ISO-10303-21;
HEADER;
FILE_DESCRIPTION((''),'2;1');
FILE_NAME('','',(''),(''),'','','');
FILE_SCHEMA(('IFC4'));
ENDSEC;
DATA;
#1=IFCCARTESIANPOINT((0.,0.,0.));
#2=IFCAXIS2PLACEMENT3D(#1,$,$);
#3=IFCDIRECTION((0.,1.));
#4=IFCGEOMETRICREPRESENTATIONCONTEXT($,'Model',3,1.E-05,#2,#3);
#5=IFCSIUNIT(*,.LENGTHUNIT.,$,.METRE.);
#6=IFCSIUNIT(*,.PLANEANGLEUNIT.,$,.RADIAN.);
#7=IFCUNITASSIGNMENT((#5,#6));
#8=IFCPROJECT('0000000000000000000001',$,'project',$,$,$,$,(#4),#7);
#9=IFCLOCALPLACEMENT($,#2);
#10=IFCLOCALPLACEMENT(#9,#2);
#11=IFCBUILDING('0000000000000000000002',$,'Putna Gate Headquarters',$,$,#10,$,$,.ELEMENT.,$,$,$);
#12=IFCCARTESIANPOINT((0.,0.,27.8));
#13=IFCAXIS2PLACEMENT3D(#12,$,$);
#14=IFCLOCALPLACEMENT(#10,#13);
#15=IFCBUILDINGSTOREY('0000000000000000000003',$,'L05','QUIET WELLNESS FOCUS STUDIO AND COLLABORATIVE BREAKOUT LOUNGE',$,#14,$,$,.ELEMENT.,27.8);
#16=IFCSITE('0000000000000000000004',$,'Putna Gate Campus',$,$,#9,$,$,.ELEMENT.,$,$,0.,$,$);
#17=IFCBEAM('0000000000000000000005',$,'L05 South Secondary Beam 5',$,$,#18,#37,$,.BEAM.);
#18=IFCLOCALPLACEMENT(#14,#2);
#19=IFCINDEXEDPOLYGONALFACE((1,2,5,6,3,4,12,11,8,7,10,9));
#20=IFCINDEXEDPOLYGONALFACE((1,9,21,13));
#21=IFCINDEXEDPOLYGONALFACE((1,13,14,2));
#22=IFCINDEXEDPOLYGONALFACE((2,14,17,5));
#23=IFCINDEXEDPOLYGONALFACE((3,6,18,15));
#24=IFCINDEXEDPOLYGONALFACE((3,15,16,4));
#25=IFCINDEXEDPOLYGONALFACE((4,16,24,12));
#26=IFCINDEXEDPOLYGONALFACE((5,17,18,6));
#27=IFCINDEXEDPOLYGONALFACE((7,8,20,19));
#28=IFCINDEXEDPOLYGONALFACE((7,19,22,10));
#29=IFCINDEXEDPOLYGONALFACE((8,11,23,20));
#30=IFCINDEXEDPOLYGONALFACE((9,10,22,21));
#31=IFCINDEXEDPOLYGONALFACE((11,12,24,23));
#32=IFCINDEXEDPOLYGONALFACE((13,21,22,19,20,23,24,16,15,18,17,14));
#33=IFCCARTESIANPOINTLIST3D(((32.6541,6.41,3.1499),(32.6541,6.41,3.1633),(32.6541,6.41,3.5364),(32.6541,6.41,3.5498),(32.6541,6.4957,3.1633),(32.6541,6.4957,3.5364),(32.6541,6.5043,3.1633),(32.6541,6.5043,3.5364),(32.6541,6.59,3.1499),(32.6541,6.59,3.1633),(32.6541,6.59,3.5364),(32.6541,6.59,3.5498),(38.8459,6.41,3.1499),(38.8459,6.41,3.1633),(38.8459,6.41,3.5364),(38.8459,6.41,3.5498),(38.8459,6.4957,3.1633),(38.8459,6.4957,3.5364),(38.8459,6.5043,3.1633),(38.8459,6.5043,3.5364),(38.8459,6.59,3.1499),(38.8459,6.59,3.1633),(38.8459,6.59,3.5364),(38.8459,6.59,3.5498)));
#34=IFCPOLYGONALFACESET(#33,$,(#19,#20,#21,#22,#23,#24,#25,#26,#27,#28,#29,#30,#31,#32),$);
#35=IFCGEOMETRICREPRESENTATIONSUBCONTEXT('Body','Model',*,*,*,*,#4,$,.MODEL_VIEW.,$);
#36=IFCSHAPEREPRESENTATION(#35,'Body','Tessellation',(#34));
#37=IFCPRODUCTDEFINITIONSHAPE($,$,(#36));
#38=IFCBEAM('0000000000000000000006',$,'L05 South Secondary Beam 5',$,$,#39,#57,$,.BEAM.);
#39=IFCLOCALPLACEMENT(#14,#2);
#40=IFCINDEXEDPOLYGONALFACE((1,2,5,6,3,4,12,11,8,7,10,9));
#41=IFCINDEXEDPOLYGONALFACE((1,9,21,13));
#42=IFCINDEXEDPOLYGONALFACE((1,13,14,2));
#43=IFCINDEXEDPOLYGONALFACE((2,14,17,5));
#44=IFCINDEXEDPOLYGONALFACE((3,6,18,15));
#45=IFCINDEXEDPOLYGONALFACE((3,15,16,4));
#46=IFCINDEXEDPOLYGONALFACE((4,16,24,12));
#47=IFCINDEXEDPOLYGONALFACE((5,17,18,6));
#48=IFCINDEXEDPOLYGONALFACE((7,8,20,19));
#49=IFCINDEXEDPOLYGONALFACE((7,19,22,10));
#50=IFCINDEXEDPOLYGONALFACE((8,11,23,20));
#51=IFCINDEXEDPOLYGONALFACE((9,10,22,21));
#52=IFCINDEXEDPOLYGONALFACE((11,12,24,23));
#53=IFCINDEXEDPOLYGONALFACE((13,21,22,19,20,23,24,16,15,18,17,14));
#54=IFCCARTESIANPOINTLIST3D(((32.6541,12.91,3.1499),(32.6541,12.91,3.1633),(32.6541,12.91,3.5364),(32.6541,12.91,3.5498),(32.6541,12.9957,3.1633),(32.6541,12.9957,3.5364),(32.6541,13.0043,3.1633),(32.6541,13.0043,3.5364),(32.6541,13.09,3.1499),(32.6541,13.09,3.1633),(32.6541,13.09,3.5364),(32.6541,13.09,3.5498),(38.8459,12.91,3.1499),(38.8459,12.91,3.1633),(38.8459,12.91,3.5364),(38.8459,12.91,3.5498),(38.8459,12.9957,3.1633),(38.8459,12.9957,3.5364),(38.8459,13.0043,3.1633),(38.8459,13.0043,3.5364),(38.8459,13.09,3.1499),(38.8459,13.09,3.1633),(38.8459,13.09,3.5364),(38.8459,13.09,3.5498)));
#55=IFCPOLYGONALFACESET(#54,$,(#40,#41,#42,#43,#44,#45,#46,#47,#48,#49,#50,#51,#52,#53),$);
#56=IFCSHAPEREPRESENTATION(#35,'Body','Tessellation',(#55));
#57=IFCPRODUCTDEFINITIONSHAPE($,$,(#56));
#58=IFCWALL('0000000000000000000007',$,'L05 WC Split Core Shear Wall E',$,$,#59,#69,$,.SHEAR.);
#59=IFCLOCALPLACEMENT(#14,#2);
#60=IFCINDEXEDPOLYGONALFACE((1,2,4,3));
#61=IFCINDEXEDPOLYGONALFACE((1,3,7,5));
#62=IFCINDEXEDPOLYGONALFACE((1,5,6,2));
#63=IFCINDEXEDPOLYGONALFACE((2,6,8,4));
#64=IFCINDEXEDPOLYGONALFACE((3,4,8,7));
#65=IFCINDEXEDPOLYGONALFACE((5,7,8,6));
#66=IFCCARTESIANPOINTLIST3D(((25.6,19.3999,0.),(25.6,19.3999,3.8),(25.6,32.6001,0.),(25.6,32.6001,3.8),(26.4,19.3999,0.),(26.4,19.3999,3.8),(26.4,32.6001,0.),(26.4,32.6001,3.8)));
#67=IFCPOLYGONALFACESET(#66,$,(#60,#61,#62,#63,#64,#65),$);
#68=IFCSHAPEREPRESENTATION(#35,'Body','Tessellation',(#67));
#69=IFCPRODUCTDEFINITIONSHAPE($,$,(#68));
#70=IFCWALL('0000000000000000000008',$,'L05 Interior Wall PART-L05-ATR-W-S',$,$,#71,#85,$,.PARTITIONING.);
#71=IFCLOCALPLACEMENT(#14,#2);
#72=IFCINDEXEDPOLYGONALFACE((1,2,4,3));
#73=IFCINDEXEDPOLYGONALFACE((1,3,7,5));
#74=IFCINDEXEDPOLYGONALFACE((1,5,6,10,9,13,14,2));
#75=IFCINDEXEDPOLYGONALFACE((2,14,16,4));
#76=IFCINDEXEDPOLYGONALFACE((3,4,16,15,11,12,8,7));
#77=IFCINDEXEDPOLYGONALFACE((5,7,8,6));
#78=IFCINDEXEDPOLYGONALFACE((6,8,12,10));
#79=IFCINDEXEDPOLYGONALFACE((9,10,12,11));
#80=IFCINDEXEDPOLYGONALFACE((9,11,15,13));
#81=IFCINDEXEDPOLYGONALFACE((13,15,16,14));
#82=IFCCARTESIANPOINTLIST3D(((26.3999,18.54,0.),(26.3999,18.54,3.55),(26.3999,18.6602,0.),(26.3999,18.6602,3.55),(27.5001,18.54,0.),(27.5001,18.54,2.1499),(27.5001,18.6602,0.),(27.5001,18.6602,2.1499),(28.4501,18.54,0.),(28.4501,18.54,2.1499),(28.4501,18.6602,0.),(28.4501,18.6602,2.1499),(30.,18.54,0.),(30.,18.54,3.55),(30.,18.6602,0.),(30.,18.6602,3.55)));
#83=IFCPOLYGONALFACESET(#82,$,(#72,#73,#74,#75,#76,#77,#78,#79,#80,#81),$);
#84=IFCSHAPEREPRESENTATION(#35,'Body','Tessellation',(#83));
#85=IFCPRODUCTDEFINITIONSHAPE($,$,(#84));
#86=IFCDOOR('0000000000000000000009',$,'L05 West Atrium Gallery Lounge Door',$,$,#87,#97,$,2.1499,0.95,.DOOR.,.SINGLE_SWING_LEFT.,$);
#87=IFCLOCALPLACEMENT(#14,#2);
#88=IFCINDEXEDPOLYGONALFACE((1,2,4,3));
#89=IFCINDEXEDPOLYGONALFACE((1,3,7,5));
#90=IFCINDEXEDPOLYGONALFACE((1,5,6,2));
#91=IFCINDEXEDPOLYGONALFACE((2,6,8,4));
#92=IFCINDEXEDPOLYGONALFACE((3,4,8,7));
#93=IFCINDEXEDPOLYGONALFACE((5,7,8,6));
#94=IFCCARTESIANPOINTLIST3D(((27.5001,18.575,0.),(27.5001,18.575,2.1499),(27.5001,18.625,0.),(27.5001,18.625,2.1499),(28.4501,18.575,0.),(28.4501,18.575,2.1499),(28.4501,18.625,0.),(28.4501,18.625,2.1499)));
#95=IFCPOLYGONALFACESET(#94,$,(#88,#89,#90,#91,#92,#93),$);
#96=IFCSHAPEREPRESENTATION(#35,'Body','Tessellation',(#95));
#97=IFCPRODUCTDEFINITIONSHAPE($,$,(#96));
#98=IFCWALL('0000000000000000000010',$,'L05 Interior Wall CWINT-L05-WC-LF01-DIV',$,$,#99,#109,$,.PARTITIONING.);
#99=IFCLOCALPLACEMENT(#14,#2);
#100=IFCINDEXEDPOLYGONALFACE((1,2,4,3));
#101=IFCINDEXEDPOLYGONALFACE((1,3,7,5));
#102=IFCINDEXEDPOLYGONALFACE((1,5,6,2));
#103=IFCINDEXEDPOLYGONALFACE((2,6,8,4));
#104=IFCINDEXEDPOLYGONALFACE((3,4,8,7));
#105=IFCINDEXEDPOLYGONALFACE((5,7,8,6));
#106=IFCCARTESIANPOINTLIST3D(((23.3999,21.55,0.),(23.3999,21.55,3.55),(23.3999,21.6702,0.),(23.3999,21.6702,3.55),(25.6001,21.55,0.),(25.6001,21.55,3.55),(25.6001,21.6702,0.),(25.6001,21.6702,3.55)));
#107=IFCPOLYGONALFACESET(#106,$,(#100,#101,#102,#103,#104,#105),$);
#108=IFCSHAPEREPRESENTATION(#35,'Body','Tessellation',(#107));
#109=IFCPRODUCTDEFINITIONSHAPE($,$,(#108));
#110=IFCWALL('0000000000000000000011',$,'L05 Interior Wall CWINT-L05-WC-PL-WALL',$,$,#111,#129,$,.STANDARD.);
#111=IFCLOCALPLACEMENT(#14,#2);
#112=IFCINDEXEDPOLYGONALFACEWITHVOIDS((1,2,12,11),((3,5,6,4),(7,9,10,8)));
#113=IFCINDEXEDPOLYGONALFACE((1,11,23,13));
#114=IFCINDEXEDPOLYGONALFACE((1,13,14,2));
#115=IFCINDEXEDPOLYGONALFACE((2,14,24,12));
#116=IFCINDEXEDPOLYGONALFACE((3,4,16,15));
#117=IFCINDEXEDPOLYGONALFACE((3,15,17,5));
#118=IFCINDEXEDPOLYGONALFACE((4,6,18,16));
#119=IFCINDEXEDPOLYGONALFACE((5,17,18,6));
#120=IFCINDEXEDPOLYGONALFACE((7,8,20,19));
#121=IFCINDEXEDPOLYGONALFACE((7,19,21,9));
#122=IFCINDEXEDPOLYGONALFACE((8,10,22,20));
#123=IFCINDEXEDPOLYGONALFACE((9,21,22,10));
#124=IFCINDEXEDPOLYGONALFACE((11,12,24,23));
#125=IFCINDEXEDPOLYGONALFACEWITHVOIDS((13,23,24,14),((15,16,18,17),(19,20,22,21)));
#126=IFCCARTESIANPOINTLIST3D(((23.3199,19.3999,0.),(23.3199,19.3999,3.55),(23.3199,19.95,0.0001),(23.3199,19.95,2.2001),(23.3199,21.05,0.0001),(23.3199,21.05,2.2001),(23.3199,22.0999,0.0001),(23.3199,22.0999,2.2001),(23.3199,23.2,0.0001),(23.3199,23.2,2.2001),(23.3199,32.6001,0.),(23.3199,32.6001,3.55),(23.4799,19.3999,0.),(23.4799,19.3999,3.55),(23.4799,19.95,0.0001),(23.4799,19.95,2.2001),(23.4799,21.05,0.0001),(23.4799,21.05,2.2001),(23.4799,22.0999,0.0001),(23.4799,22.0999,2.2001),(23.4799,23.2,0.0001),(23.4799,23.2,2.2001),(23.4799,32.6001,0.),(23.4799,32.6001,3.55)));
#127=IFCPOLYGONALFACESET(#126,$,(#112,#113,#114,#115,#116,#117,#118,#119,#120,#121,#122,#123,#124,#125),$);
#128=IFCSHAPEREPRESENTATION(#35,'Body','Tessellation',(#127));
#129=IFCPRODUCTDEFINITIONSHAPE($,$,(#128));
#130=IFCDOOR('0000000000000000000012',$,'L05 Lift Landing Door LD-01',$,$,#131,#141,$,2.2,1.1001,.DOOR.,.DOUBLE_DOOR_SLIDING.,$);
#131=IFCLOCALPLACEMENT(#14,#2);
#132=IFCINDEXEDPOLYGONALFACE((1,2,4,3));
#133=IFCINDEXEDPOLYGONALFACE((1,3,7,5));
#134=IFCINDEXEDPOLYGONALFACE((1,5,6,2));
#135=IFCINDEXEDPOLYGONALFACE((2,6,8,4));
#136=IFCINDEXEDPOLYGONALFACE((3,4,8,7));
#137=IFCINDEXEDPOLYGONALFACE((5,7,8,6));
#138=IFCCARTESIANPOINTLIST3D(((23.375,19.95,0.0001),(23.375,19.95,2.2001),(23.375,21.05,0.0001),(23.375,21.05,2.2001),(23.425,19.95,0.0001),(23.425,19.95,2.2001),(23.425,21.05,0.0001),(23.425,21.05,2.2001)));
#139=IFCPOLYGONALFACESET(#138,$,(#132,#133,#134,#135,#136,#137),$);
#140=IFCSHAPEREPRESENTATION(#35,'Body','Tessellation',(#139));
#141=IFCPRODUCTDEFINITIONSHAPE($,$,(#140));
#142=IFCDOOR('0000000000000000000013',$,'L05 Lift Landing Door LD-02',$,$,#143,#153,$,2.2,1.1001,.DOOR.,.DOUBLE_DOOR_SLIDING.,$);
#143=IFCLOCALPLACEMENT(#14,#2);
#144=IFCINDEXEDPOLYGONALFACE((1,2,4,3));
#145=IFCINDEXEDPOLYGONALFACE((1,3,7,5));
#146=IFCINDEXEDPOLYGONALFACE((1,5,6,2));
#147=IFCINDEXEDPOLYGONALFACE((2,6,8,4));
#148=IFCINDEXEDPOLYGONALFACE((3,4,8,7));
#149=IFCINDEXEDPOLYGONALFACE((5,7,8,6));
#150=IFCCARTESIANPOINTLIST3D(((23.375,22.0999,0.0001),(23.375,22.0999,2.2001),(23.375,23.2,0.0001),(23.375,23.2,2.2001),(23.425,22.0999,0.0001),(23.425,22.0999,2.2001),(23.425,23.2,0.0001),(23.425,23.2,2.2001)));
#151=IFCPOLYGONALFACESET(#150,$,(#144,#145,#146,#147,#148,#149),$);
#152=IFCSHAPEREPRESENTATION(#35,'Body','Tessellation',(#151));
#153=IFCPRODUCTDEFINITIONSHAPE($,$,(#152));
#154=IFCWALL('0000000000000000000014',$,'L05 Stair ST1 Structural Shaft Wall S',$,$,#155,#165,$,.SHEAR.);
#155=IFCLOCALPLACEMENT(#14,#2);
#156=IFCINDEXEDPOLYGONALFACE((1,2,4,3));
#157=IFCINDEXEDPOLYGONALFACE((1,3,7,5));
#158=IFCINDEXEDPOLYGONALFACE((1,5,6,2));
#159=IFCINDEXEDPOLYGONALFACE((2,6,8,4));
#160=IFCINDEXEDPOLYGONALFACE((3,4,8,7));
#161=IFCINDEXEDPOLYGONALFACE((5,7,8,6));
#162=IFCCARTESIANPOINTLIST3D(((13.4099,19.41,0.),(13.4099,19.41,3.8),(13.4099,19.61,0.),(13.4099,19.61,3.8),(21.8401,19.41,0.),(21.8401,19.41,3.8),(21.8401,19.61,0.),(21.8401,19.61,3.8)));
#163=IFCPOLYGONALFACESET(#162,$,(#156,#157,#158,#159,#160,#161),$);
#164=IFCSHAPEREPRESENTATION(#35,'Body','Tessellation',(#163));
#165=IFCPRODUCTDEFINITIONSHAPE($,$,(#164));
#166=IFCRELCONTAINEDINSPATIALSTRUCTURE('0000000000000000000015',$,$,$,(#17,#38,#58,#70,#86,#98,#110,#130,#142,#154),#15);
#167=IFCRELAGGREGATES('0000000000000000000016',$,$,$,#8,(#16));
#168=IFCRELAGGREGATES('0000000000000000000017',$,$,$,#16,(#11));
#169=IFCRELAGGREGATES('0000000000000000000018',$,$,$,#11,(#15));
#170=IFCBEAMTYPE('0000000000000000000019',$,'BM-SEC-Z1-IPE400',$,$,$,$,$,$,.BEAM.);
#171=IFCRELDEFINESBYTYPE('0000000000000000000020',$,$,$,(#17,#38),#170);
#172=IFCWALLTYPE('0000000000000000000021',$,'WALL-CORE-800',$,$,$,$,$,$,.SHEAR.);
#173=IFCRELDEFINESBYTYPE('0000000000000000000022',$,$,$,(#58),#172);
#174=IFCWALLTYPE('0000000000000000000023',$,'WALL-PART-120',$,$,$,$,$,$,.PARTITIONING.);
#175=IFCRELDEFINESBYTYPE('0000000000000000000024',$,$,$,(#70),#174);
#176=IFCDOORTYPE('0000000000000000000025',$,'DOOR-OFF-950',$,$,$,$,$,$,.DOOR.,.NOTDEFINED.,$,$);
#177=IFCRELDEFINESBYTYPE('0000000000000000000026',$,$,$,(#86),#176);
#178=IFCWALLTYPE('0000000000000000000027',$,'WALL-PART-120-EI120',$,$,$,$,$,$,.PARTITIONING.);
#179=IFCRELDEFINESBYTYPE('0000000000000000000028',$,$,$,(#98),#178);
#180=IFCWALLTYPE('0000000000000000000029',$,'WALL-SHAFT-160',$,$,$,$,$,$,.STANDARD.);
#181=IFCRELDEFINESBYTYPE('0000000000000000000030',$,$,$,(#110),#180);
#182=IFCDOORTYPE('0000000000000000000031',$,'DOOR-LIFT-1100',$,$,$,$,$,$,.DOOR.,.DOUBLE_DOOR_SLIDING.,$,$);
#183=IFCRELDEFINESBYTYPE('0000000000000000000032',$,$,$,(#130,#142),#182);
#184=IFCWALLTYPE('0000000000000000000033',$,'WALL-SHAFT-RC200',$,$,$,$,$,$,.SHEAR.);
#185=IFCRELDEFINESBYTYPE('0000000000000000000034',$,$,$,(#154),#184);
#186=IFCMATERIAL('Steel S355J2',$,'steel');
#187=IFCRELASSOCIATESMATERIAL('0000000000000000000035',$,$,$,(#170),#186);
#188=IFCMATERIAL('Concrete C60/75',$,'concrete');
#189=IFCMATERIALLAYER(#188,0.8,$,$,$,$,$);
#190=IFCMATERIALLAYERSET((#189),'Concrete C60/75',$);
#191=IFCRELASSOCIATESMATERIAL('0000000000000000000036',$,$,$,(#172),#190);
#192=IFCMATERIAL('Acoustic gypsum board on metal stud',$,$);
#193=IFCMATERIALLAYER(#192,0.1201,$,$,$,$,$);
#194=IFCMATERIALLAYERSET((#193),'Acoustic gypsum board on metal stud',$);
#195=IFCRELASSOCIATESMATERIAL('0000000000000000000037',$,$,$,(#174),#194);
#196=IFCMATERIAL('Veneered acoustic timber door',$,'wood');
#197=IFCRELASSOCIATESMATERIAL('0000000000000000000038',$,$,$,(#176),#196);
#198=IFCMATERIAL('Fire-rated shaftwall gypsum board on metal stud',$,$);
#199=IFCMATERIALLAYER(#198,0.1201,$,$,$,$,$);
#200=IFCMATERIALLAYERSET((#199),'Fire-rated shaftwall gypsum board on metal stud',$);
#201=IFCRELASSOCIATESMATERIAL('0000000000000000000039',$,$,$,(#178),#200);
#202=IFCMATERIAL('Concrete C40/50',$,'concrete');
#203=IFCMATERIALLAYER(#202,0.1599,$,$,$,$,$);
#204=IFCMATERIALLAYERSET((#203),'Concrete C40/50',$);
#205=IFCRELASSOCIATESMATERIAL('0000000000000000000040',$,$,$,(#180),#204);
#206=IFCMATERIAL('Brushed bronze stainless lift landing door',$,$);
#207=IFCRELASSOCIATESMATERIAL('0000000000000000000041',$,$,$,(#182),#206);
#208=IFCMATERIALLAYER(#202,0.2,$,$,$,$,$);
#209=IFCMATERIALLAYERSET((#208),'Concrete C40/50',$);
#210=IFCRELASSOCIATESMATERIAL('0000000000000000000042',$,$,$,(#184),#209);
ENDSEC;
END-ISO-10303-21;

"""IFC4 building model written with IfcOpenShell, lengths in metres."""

from ifc_helpers import new_model, si_unit, direction, frame, frame_2d, origin, origin_2d, place, context, subcontext, project, spatial, rectangle, i_section, extrude, material, layer, layer_set, material_profile, profile_set, type_object, element, fill, save


model = new_model("IFC4")

# Units and contexts
model_context = context("Model", 3, precision=1e-05, world=origin(), true_north=direction((0.0, 1.0)))
body_context = subcontext(model_context, "Body", "Model", "MODEL_VIEW")
ifc_project = project(units=[si_unit("LENGTHUNIT", "METRE"), si_unit("PLANEANGLEUNIT", "RADIAN")], contexts=[model_context])

# Site, building, storey
site_placement = place(None, origin())
site = spatial("IfcSite", under=ifc_project, at=site_placement, Name="Putna Gate Campus", CompositionType="ELEMENT", RefElevation=0.0)
building_placement = place(site_placement, origin())
building = spatial("IfcBuilding", under=site, at=building_placement, Name="Putna Gate Headquarters", CompositionType="ELEMENT")
storey_placement = place(building_placement, frame((0.0, 0.0, 27.8)))
storey = spatial("IfcBuildingStorey", under=building, at=storey_placement, Name="L05", Description="QUIET WELLNESS FOCUS STUDIO AND COLLABORATIVE BREAKOUT LOUNGE", CompositionType="ELEMENT", Elevation=27.8)

# Shared definitions
ifc_material_1 = material(Name="Concrete C60/75", Category="concrete")

# Beams
ifc_material_2 = material(Name="Steel S355J2", Category="steel")
ifc_material_profile_1 = material_profile(ifc_material_2, i_section(OverallWidth=0.1799, OverallDepth=0.3999, WebThickness=0.0085, FlangeThickness=0.0134, at=origin_2d()), Name="Steel S355J2")
ifc_profile_set_1 = profile_set([ifc_material_profile_1], Name="Steel S355J2")
beam_type_1 = type_object("IfcBeamType", Name="BM-SEC-Z1-IPE400", PredefinedType="BEAM", material=ifc_profile_set_1)
for number, where, z_axis, x_axis, name in (
    (1, (32.6541, 6.5, 3.3499), (1.0, 0.0, 0.0), (0.0, 1.0, 0.0), "L05 South Secondary Beam 5"),
    (2, (32.6541, 13.0, 3.3499), (1.0, 0.0, 0.0), (0.0, 1.0, 0.0), "L05 South Secondary Beam 5"),
):
    element("IfcBeam", number, at=place(storey_placement, frame(where, z_axis=z_axis, x_axis=x_axis)), inside=storey, type_object=beam_type_1, Name=name, PredefinedType="BEAM", context=body_context, shape_type="SweptSolid", body=[
        extrude(i_section(OverallWidth=0.1799, OverallDepth=0.3999, WebThickness=0.0085, FlangeThickness=0.0134, at=origin_2d()), origin(), (0.0, 0.0, 1.0), 6.1919),
    ])

# Wall
ifc_layer_1 = layer(ifc_material_1, 0.8)
ifc_layer_set_1 = layer_set([ifc_layer_1], Name="Concrete C60/75")
wall_type_1 = type_object("IfcWallType", Name="WALL-CORE-800", PredefinedType="SHEAR", material=ifc_layer_set_1)
wall_1_placement = place(storey_placement, frame((26.0, 19.3999, 0.0), z_axis=(0.0, 0.0, 1.0), x_axis=(0.0, 1.0, 0.0)))
element("IfcWall", 3, at=wall_1_placement, inside=storey, type_object=wall_type_1, Name="L05 WC Split Core Shear Wall E", PredefinedType="SHEAR", context=body_context, shape_type="SweptSolid", body=[
    extrude(rectangle(XDim=13.2002, YDim=0.8, at=frame_2d((6.6001, 0.0))), origin(), (0.0, 0.0, 1.0), 3.8),
])

# Wall, opening, door
ifc_material_3 = material(Name="Acoustic gypsum board on metal stud")
ifc_layer_2 = layer(ifc_material_3, 0.1201)
ifc_layer_set_2 = layer_set([ifc_layer_2], Name="Acoustic gypsum board on metal stud")
wall_type_2 = type_object("IfcWallType", Name="WALL-PART-120", PredefinedType="PARTITIONING", material=ifc_layer_set_2)
wall_2_placement = place(storey_placement, frame((26.3999, 18.6001, 0.0), z_axis=(0.0, 0.0, 1.0), x_axis=(1.0, 0.0, 0.0)))
wall_2 = element("IfcWall", 4, at=wall_2_placement, inside=storey, type_object=wall_type_2, Name="L05 Interior Wall PART-L05-ATR-W-S", PredefinedType="PARTITIONING", context=body_context, shape_type="SweptSolid", body=[
    extrude(rectangle(XDim=3.6001, YDim=0.1201, at=frame_2d((1.8, 0.0))), origin(), (0.0, 0.0, 1.0), 3.55),
])
opening_1_placement = place(wall_2_placement, frame((1.1001, 0.0, 0.0)))
opening_1 = element("IfcOpeningElement", 5, at=opening_1_placement, cuts=wall_2, PredefinedType="OPENING", context=body_context, shape_type="SweptSolid", body=[
    extrude(rectangle(XDim=0.95, YDim=2.1499, at=frame_2d((0.4751, 1.075))), frame((0.0, 0.0701, 0.0), z_axis=(0.0, -1.0, 0.0), x_axis=(1.0, 0.0, 0.0)), (0.0, 0.0, 1.0), 0.1401),
])
ifc_material_4 = material(Name="Veneered acoustic timber door", Category="wood")
door_type_1 = type_object("IfcDoorType", Name="DOOR-OFF-950", OperationType="NOTDEFINED", PredefinedType="DOOR", material=ifc_material_4)
door_1_placement = place(opening_1_placement, origin())
door_1 = element("IfcDoor", 6, at=door_1_placement, inside=storey, type_object=door_type_1, Name="L05 West Atrium Gallery Lounge Door", OperationType="SINGLE_SWING_LEFT", OverallHeight=2.1499, OverallWidth=0.95, PredefinedType="DOOR", context=body_context, shape_type="SweptSolid", body=[
    extrude(rectangle(XDim=0.95, YDim=2.1499, at=frame_2d((0.4751, 1.075))), frame((0.0, 0.0249, 0.0), z_axis=(0.0, -1.0, 0.0), x_axis=(1.0, 0.0, 0.0)), (0.0, 0.0, 1.0), 0.05),
])
fill(opening_1, door_1)

# Wall
ifc_material_5 = material(Name="Fire-rated shaftwall gypsum board on metal stud")
ifc_layer_3 = layer(ifc_material_5, 0.1201)
ifc_layer_set_3 = layer_set([ifc_layer_3], Name="Fire-rated shaftwall gypsum board on metal stud")
wall_type_3 = type_object("IfcWallType", Name="WALL-PART-120-EI120", PredefinedType="PARTITIONING", material=ifc_layer_set_3)
wall_3_placement = place(storey_placement, frame((23.3999, 21.6101, 0.0), z_axis=(0.0, 0.0, 1.0), x_axis=(1.0, 0.0, 0.0)))
element("IfcWall", 7, at=wall_3_placement, inside=storey, type_object=wall_type_3, Name="L05 Interior Wall CWINT-L05-WC-LF01-DIV", PredefinedType="PARTITIONING", context=body_context, shape_type="SweptSolid", body=[
    extrude(rectangle(XDim=2.2002, YDim=0.1201, at=frame_2d((1.1001, 0.0))), origin(), (0.0, 0.0, 1.0), 3.55),
])

# Wall, openings, doors
ifc_material_6 = material(Name="Concrete C40/50", Category="concrete")
ifc_layer_4 = layer(ifc_material_6, 0.1599)
ifc_layer_set_4 = layer_set([ifc_layer_4], Name="Concrete C40/50")
wall_type_4 = type_object("IfcWallType", Name="WALL-SHAFT-160", PredefinedType="STANDARD", material=ifc_layer_set_4)
wall_4_placement = place(storey_placement, frame((23.3999, 19.3999, 0.0), z_axis=(0.0, 0.0, 1.0), x_axis=(0.0, 1.0, 0.0)))
wall_4 = element("IfcWall", 8, at=wall_4_placement, inside=storey, type_object=wall_type_4, Name="L05 Interior Wall CWINT-L05-WC-PL-WALL", PredefinedType="STANDARD", context=body_context, shape_type="SweptSolid", body=[
    extrude(rectangle(XDim=13.2002, YDim=0.1599, at=frame_2d((6.6001, 0.0))), origin(), (0.0, 0.0, 1.0), 3.55),
])
opening_2_placement = place(wall_4_placement, frame((0.55, 0.0, 0.0)))
opening_2 = element("IfcOpeningElement", 9, at=opening_2_placement, cuts=wall_4, PredefinedType="OPENING", context=body_context, shape_type="SweptSolid", body=[
    extrude(rectangle(XDim=1.1001, YDim=2.2, at=frame_2d((0.55, 1.1001))), frame((0.0, 0.0898, 0.0), z_axis=(0.0, -1.0, 0.0), x_axis=(1.0, 0.0, 0.0)), (0.0, 0.0, 1.0), 0.1799),
])
opening_3_placement = place(wall_4_placement, frame((2.7, 0.0, 0.0)))
opening_3 = element("IfcOpeningElement", 10, at=opening_3_placement, cuts=wall_4, PredefinedType="OPENING", context=body_context, shape_type="SweptSolid", body=[
    extrude(rectangle(XDim=1.1001, YDim=2.2, at=frame_2d((0.55, 1.1001))), frame((0.0, 0.0898, 0.0), z_axis=(0.0, -1.0, 0.0), x_axis=(1.0, 0.0, 0.0)), (0.0, 0.0, 1.0), 0.1799),
])
ifc_material_7 = material(Name="Brushed bronze stainless lift landing door")
door_type_2 = type_object("IfcDoorType", Name="DOOR-LIFT-1100", OperationType="DOUBLE_DOOR_SLIDING", PredefinedType="DOOR", material=ifc_material_7)
door_2_placement = place(opening_2_placement, origin())
door_2 = element("IfcDoor", 11, at=door_2_placement, inside=storey, type_object=door_type_2, Name="L05 Lift Landing Door LD-01", OperationType="DOUBLE_DOOR_SLIDING", OverallHeight=2.2, OverallWidth=1.1001, PredefinedType="DOOR", context=body_context, shape_type="SweptSolid", body=[
    extrude(rectangle(XDim=1.1001, YDim=2.2, at=frame_2d((0.55, 1.1001))), frame((0.0, 0.0249, 0.0), z_axis=(0.0, -1.0, 0.0), x_axis=(1.0, 0.0, 0.0)), (0.0, 0.0, 1.0), 0.05),
])
fill(opening_2, door_2)
door_3_placement = place(opening_3_placement, origin())
door_3 = element("IfcDoor", 12, at=door_3_placement, inside=storey, type_object=door_type_2, Name="L05 Lift Landing Door LD-02", OperationType="DOUBLE_DOOR_SLIDING", OverallHeight=2.2, OverallWidth=1.1001, PredefinedType="DOOR", context=body_context, shape_type="SweptSolid", body=[
    extrude(rectangle(XDim=1.1001, YDim=2.2, at=frame_2d((0.55, 1.1001))), frame((0.0, 0.0249, 0.0), z_axis=(0.0, -1.0, 0.0), x_axis=(1.0, 0.0, 0.0)), (0.0, 0.0, 1.0), 0.05),
])
fill(opening_3, door_3)

# Wall
ifc_layer_5 = layer(ifc_material_6, 0.2)
ifc_layer_set_5 = layer_set([ifc_layer_5], Name="Concrete C40/50")
wall_type_5 = type_object("IfcWallType", Name="WALL-SHAFT-RC200", PredefinedType="SHEAR", material=ifc_layer_set_5)
wall_5_placement = place(storey_placement, frame((13.4099, 19.51, 0.0), z_axis=(0.0, 0.0, 1.0), x_axis=(1.0, 0.0, 0.0)))
element("IfcWall", 13, at=wall_5_placement, inside=storey, type_object=wall_type_5, Name="L05 Stair ST1 Structural Shaft Wall S", PredefinedType="SHEAR", context=body_context, shape_type="SweptSolid", body=[
    extrude(rectangle(XDim=8.4302, YDim=0.2, at=frame_2d((4.2151, 0.0))), origin(), (0.0, 0.0, 1.0), 3.8),
])

save(model, "model.ifc")
